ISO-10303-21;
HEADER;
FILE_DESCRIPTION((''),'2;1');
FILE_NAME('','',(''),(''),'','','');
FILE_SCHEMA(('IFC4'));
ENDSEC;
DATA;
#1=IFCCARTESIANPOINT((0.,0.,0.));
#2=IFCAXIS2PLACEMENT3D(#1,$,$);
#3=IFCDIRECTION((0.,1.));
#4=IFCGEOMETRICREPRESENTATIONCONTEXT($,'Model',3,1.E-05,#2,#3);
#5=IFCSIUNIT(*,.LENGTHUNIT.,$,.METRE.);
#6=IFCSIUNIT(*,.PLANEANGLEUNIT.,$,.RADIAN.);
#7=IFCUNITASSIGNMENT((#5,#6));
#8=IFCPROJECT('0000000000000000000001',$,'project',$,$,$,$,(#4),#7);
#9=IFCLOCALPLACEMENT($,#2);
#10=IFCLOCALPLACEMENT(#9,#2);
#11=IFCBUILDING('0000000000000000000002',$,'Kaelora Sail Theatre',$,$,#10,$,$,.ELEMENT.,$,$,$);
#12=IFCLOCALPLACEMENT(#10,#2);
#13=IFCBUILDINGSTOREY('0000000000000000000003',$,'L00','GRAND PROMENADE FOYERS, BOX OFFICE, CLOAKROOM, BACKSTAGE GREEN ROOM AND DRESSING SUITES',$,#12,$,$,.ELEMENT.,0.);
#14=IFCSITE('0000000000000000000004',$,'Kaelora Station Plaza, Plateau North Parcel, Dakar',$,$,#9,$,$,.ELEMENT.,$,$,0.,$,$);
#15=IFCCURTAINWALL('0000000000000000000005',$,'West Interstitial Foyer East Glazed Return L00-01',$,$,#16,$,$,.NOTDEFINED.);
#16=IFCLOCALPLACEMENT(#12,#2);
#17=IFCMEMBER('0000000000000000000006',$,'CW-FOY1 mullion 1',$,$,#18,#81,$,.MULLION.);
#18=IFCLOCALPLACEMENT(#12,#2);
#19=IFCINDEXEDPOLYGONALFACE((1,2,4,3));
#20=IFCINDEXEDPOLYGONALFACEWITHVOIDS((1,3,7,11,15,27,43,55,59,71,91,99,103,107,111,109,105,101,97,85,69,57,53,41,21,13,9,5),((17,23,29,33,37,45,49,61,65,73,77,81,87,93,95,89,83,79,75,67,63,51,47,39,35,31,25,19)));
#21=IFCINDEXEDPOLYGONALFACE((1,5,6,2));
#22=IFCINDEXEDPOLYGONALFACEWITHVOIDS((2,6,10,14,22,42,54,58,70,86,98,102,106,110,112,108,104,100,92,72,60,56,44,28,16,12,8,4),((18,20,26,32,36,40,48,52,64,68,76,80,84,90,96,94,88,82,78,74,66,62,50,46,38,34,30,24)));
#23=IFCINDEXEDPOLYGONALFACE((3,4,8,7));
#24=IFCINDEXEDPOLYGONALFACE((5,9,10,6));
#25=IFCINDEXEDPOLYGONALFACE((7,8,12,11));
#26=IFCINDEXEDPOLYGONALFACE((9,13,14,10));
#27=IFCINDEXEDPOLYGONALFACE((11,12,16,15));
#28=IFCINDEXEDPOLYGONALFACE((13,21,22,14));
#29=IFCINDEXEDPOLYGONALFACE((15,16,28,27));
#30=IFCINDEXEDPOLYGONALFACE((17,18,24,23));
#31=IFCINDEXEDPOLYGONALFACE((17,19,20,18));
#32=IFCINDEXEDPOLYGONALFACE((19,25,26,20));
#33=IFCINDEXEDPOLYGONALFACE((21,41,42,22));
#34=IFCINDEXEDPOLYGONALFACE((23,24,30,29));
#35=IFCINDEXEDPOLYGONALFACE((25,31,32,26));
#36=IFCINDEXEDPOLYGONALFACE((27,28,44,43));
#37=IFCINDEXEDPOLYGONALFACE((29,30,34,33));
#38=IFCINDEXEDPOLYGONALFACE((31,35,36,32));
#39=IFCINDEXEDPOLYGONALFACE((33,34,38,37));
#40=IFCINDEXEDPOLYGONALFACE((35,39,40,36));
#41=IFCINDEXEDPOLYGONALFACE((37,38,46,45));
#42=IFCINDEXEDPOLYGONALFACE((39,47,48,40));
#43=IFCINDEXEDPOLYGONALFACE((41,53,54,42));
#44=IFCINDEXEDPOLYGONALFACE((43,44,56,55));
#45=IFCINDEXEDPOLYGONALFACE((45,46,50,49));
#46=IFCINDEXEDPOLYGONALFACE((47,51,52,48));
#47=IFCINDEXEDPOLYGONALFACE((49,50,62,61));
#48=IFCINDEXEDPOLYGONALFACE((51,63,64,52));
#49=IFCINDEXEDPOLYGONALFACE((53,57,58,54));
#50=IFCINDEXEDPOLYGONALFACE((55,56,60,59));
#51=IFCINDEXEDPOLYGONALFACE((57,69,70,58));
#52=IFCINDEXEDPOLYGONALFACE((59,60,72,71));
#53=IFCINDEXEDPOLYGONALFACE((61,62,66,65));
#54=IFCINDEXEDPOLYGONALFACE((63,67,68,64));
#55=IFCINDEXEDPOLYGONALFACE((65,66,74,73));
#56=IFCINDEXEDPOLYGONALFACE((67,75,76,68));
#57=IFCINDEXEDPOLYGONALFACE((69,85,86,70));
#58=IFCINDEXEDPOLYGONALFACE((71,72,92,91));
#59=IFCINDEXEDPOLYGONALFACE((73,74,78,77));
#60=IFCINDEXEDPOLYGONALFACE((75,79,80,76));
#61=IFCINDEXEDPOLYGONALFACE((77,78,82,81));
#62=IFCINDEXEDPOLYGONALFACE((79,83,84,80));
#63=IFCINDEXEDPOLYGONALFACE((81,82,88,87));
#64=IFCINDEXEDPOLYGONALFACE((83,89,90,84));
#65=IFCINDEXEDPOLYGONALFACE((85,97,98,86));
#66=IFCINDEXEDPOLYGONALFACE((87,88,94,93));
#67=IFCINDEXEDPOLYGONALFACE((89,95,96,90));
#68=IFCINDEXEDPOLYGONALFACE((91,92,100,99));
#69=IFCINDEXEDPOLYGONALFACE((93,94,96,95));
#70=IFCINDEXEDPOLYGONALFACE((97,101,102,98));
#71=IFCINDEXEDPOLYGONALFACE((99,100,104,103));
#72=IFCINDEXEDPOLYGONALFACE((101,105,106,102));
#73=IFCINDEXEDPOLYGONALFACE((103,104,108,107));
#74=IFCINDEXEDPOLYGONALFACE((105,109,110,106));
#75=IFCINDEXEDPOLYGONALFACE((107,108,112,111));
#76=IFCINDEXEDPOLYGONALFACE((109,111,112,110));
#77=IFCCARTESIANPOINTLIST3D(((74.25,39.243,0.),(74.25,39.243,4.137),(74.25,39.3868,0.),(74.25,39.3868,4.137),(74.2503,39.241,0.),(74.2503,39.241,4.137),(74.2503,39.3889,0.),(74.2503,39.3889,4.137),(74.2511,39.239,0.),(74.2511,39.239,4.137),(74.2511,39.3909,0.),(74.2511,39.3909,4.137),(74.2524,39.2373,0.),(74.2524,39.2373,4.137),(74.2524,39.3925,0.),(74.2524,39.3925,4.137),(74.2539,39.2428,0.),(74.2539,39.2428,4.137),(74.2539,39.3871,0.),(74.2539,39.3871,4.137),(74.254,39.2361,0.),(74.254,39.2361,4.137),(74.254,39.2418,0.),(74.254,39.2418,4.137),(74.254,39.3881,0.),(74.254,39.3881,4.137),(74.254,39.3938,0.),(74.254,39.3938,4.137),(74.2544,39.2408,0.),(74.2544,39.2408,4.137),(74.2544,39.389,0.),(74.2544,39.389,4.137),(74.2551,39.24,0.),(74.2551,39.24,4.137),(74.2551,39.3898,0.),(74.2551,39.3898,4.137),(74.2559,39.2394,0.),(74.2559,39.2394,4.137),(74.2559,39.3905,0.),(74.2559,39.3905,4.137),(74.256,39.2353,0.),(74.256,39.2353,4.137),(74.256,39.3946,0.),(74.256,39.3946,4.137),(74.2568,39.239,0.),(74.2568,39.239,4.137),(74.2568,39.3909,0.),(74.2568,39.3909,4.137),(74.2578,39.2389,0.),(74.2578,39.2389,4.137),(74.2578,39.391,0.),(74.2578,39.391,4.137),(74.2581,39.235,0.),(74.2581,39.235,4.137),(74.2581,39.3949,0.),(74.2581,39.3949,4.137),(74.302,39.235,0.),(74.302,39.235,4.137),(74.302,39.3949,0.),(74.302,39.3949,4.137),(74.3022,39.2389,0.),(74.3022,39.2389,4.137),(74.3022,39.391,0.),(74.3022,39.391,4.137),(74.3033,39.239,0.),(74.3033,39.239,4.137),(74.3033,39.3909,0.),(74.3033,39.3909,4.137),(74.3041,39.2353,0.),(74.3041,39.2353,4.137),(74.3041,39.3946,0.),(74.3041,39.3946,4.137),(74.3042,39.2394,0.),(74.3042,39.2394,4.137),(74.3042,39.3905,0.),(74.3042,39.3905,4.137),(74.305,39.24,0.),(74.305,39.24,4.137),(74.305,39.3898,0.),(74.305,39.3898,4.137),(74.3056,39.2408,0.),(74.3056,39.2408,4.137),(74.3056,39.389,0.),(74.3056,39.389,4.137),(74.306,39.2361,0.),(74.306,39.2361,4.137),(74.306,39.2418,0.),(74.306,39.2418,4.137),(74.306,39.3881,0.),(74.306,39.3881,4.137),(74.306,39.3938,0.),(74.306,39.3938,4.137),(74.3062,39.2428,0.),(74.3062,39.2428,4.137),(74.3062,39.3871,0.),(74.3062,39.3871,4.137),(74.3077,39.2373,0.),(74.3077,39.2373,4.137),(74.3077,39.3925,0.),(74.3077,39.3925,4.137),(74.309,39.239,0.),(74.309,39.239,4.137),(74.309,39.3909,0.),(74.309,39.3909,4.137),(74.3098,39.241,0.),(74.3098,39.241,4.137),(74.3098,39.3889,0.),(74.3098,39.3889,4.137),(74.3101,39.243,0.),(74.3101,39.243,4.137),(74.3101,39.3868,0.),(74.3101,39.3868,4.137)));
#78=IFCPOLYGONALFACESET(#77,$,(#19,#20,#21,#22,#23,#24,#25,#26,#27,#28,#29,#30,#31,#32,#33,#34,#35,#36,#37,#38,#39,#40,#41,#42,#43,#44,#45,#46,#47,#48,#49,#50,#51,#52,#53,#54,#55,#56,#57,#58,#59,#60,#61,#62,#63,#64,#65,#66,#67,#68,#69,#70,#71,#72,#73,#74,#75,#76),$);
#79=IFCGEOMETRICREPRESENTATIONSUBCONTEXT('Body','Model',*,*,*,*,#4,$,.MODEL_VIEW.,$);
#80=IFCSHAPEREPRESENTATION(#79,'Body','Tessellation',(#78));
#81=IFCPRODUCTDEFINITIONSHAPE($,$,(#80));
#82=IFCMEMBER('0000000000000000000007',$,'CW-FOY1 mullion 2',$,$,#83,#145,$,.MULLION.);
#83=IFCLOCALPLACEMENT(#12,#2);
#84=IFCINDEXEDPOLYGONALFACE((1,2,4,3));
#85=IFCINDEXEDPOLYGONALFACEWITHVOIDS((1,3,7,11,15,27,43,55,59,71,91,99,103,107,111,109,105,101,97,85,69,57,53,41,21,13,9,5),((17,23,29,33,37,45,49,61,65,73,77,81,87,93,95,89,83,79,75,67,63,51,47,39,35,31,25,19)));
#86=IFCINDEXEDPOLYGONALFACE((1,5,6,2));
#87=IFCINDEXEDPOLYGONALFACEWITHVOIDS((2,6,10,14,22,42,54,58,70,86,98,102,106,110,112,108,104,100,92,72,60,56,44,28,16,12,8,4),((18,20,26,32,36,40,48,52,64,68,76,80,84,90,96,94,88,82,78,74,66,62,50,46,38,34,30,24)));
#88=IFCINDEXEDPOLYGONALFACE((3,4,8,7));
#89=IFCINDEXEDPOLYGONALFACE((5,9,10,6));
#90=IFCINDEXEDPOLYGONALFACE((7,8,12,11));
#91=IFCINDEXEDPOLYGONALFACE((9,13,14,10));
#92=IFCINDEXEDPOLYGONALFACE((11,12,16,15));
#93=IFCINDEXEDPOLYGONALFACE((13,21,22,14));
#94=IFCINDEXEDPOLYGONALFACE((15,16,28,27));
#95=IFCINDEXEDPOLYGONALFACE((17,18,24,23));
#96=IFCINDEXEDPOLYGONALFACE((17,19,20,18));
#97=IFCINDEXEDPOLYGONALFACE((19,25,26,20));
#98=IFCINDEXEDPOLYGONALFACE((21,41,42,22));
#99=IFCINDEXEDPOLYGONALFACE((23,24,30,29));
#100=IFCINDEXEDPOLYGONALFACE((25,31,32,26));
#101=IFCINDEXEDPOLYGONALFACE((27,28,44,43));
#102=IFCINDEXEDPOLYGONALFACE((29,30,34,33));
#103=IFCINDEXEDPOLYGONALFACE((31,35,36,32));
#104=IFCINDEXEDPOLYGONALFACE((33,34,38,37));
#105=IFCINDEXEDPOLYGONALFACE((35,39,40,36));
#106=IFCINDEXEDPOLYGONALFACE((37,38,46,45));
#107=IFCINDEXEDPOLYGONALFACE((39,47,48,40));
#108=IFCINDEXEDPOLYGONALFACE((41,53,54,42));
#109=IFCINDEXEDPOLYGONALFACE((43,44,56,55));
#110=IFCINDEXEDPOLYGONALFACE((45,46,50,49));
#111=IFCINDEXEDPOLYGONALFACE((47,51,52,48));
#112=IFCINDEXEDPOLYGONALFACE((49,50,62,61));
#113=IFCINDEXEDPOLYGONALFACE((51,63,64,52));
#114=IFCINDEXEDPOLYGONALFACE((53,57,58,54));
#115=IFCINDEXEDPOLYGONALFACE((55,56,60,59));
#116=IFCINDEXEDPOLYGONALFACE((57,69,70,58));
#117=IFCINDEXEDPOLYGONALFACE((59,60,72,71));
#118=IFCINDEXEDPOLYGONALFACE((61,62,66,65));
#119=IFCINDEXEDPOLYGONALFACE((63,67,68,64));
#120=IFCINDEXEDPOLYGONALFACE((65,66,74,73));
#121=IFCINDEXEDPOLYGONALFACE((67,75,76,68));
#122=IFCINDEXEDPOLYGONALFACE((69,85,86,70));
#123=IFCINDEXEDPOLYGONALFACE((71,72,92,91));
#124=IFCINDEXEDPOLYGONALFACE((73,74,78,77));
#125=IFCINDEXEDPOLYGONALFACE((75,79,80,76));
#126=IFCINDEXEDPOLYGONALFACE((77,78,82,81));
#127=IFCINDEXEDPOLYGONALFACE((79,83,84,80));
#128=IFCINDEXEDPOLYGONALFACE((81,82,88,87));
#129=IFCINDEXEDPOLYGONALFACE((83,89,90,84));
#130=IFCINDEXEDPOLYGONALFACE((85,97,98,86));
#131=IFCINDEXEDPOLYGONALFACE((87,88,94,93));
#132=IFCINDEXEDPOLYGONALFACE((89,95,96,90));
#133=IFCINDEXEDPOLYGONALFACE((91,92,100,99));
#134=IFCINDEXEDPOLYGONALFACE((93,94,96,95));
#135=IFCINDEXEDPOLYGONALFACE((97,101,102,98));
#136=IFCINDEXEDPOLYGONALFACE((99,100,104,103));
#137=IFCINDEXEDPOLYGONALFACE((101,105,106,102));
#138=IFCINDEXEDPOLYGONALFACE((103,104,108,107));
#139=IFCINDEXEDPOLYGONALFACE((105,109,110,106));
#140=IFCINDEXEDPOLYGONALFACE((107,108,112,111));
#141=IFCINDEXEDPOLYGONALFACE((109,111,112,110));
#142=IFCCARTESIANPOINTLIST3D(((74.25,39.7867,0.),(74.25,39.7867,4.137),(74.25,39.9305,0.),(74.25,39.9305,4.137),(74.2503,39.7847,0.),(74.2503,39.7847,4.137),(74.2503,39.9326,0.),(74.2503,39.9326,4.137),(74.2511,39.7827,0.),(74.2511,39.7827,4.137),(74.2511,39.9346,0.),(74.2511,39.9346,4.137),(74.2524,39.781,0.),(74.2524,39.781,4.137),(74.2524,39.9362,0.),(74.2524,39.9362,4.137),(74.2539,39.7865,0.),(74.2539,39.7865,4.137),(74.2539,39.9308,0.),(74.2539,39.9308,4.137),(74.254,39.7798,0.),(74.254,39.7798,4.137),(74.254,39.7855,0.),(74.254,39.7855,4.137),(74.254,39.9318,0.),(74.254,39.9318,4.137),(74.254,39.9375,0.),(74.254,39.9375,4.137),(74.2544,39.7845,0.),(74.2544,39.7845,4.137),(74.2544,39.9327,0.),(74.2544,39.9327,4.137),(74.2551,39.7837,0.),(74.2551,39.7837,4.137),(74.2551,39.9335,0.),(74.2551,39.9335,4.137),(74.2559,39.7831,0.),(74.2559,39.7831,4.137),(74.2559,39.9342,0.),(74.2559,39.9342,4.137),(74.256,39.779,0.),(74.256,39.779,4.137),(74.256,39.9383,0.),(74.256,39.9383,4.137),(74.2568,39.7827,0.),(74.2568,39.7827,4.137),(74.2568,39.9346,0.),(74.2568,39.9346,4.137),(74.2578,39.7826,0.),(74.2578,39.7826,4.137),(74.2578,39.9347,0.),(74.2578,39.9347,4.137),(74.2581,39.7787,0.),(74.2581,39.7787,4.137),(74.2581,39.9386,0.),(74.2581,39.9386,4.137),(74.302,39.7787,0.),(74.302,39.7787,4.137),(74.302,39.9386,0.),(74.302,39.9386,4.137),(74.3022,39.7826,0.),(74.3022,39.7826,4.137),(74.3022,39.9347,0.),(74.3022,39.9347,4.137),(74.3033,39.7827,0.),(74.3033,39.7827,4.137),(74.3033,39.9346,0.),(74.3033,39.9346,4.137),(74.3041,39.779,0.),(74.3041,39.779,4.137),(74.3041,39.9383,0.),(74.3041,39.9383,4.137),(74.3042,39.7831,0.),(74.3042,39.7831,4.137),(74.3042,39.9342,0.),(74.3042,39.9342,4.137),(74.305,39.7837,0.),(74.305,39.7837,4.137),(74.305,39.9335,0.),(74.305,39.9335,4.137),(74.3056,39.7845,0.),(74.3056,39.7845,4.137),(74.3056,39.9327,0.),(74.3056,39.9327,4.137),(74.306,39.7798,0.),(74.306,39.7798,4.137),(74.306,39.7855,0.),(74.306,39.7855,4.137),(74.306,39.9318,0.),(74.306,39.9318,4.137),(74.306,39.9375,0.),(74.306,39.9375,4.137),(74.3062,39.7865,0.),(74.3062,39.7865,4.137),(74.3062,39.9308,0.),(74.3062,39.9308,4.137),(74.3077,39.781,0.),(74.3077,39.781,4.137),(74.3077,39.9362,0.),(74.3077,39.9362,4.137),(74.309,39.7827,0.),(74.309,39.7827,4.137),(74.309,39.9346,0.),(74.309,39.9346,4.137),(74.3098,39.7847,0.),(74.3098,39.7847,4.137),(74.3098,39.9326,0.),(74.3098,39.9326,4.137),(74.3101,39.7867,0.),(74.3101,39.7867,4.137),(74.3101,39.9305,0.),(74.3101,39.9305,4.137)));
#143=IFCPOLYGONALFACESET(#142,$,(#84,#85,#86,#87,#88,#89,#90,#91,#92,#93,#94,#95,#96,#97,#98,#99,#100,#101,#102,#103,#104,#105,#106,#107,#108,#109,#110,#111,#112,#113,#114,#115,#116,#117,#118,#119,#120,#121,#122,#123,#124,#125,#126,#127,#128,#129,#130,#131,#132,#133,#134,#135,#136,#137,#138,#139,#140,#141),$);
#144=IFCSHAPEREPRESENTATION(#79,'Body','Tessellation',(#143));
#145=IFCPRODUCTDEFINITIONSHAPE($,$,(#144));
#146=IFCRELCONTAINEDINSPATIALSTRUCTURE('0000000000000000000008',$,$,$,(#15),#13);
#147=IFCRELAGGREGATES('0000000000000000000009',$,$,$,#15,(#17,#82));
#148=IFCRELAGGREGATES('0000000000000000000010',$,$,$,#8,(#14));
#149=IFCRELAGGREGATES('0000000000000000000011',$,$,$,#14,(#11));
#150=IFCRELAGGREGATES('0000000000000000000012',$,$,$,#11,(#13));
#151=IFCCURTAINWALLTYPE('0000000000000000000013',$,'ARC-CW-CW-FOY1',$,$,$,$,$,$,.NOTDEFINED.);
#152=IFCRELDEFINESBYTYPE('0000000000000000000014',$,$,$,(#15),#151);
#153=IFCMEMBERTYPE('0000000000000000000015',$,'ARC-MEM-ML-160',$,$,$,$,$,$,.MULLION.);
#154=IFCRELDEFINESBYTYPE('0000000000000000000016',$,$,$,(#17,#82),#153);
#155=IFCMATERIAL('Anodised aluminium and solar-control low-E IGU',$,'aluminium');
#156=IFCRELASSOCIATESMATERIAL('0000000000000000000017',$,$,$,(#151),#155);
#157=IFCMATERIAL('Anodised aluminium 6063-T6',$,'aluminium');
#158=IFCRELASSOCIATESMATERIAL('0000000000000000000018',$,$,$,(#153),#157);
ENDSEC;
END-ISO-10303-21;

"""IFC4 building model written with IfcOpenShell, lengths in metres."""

from ifc_helpers import new_model, si_unit, direction, frame, origin, origin_2d, place, context, subcontext, project, spatial, hollow_rectangle, extrude, material, material_profile, profile_set, type_object, element, aggregate, save


model = new_model("IFC4")

# Units and contexts
model_context = context("Model", 3, precision=1e-05, world=origin(), true_north=direction((0.0, 1.0)))
body_context = subcontext(model_context, "Body", "Model", "MODEL_VIEW")
ifc_project = project(units=[si_unit("LENGTHUNIT", "METRE"), si_unit("PLANEANGLEUNIT", "RADIAN")], contexts=[model_context])

# Site, building, storey
site_placement = place(None, origin())
site = spatial("IfcSite", under=ifc_project, at=site_placement, Name="Kaelora Station Plaza, Plateau North Parcel, Dakar", CompositionType="ELEMENT", RefElevation=0.0)
building_placement = place(site_placement, origin())
building = spatial("IfcBuilding", under=site, at=building_placement, Name="Kaelora Sail Theatre", CompositionType="ELEMENT")
storey_placement = place(building_placement, origin())
storey = spatial("IfcBuildingStorey", under=building, at=storey_placement, Name="L00", Description="GRAND PROMENADE FOYERS, BOX OFFICE, CLOAKROOM, BACKSTAGE GREEN ROOM AND DRESSING SUITES", CompositionType="ELEMENT", Elevation=0.0)

# Curtain wall, members
ifc_material_1 = material(Name="Anodised aluminium and solar-control low-E IGU", Category="aluminium")
curtain_wall_type = type_object("IfcCurtainWallType", Name="ARC-CW-CW-FOY1", PredefinedType="NOTDEFINED", material=ifc_material_1)
curtain_wall_1_placement = place(storey_placement, origin())
curtain_wall_1 = element("IfcCurtainWall", 1, at=curtain_wall_1_placement, inside=storey, type_object=curtain_wall_type, Name="West Interstitial Foyer East Glazed Return L00-01", PredefinedType="NOTDEFINED")
ifc_material_2 = material(Name="Anodised aluminium 6063-T6", Category="aluminium")
ifc_material_profile_1 = material_profile(ifc_material_2, hollow_rectangle(XDim=0.0601, YDim=0.1599, WallThickness=0.0039, InnerFilletRadius=0.0039, OuterFilletRadius=0.0081, at=origin_2d()), Name="ALU-MULL 60x160x4")
ifc_profile_set_1 = profile_set([ifc_material_profile_1], Name="Anodised aluminium 6063-T6")
member_type_1 = type_object("IfcMemberType", Name="ARC-MEM-ML-160", PredefinedType="MULLION", material=ifc_profile_set_1)
member_1_placement = place(storey_placement, frame((74.28, 39.3149, 0.0), z_axis=(0.0, 0.0, 1.0), x_axis=(-1.0, 0.0, 0.0)))
member_1 = element("IfcMember", 2, at=member_1_placement, type_object=member_type_1, Name="CW-FOY1 mullion 1", PredefinedType="MULLION", context=body_context, shape_type="SweptSolid", body=[
    extrude(hollow_rectangle(XDim=0.0601, YDim=0.1599, WallThickness=0.0039, InnerFilletRadius=0.0039, OuterFilletRadius=0.0081, at=origin_2d()), origin(), (0.0, 0.0, 1.0), 4.137),
])
member_2_placement = place(storey_placement, frame((74.28, 39.8586, 0.0), z_axis=(0.0, 0.0, 1.0), x_axis=(-1.0, 0.0, 0.0)))
member_2 = element("IfcMember", 3, at=member_2_placement, type_object=member_type_1, Name="CW-FOY1 mullion 2", PredefinedType="MULLION", context=body_context, shape_type="SweptSolid", body=[
    extrude(hollow_rectangle(XDim=0.0601, YDim=0.1599, WallThickness=0.0039, InnerFilletRadius=0.0039, OuterFilletRadius=0.0081, at=origin_2d()), origin(), (0.0, 0.0, 1.0), 4.137),
])

aggregate(curtain_wall_1, [member_1, member_2])

save(model, "model.ifc")
